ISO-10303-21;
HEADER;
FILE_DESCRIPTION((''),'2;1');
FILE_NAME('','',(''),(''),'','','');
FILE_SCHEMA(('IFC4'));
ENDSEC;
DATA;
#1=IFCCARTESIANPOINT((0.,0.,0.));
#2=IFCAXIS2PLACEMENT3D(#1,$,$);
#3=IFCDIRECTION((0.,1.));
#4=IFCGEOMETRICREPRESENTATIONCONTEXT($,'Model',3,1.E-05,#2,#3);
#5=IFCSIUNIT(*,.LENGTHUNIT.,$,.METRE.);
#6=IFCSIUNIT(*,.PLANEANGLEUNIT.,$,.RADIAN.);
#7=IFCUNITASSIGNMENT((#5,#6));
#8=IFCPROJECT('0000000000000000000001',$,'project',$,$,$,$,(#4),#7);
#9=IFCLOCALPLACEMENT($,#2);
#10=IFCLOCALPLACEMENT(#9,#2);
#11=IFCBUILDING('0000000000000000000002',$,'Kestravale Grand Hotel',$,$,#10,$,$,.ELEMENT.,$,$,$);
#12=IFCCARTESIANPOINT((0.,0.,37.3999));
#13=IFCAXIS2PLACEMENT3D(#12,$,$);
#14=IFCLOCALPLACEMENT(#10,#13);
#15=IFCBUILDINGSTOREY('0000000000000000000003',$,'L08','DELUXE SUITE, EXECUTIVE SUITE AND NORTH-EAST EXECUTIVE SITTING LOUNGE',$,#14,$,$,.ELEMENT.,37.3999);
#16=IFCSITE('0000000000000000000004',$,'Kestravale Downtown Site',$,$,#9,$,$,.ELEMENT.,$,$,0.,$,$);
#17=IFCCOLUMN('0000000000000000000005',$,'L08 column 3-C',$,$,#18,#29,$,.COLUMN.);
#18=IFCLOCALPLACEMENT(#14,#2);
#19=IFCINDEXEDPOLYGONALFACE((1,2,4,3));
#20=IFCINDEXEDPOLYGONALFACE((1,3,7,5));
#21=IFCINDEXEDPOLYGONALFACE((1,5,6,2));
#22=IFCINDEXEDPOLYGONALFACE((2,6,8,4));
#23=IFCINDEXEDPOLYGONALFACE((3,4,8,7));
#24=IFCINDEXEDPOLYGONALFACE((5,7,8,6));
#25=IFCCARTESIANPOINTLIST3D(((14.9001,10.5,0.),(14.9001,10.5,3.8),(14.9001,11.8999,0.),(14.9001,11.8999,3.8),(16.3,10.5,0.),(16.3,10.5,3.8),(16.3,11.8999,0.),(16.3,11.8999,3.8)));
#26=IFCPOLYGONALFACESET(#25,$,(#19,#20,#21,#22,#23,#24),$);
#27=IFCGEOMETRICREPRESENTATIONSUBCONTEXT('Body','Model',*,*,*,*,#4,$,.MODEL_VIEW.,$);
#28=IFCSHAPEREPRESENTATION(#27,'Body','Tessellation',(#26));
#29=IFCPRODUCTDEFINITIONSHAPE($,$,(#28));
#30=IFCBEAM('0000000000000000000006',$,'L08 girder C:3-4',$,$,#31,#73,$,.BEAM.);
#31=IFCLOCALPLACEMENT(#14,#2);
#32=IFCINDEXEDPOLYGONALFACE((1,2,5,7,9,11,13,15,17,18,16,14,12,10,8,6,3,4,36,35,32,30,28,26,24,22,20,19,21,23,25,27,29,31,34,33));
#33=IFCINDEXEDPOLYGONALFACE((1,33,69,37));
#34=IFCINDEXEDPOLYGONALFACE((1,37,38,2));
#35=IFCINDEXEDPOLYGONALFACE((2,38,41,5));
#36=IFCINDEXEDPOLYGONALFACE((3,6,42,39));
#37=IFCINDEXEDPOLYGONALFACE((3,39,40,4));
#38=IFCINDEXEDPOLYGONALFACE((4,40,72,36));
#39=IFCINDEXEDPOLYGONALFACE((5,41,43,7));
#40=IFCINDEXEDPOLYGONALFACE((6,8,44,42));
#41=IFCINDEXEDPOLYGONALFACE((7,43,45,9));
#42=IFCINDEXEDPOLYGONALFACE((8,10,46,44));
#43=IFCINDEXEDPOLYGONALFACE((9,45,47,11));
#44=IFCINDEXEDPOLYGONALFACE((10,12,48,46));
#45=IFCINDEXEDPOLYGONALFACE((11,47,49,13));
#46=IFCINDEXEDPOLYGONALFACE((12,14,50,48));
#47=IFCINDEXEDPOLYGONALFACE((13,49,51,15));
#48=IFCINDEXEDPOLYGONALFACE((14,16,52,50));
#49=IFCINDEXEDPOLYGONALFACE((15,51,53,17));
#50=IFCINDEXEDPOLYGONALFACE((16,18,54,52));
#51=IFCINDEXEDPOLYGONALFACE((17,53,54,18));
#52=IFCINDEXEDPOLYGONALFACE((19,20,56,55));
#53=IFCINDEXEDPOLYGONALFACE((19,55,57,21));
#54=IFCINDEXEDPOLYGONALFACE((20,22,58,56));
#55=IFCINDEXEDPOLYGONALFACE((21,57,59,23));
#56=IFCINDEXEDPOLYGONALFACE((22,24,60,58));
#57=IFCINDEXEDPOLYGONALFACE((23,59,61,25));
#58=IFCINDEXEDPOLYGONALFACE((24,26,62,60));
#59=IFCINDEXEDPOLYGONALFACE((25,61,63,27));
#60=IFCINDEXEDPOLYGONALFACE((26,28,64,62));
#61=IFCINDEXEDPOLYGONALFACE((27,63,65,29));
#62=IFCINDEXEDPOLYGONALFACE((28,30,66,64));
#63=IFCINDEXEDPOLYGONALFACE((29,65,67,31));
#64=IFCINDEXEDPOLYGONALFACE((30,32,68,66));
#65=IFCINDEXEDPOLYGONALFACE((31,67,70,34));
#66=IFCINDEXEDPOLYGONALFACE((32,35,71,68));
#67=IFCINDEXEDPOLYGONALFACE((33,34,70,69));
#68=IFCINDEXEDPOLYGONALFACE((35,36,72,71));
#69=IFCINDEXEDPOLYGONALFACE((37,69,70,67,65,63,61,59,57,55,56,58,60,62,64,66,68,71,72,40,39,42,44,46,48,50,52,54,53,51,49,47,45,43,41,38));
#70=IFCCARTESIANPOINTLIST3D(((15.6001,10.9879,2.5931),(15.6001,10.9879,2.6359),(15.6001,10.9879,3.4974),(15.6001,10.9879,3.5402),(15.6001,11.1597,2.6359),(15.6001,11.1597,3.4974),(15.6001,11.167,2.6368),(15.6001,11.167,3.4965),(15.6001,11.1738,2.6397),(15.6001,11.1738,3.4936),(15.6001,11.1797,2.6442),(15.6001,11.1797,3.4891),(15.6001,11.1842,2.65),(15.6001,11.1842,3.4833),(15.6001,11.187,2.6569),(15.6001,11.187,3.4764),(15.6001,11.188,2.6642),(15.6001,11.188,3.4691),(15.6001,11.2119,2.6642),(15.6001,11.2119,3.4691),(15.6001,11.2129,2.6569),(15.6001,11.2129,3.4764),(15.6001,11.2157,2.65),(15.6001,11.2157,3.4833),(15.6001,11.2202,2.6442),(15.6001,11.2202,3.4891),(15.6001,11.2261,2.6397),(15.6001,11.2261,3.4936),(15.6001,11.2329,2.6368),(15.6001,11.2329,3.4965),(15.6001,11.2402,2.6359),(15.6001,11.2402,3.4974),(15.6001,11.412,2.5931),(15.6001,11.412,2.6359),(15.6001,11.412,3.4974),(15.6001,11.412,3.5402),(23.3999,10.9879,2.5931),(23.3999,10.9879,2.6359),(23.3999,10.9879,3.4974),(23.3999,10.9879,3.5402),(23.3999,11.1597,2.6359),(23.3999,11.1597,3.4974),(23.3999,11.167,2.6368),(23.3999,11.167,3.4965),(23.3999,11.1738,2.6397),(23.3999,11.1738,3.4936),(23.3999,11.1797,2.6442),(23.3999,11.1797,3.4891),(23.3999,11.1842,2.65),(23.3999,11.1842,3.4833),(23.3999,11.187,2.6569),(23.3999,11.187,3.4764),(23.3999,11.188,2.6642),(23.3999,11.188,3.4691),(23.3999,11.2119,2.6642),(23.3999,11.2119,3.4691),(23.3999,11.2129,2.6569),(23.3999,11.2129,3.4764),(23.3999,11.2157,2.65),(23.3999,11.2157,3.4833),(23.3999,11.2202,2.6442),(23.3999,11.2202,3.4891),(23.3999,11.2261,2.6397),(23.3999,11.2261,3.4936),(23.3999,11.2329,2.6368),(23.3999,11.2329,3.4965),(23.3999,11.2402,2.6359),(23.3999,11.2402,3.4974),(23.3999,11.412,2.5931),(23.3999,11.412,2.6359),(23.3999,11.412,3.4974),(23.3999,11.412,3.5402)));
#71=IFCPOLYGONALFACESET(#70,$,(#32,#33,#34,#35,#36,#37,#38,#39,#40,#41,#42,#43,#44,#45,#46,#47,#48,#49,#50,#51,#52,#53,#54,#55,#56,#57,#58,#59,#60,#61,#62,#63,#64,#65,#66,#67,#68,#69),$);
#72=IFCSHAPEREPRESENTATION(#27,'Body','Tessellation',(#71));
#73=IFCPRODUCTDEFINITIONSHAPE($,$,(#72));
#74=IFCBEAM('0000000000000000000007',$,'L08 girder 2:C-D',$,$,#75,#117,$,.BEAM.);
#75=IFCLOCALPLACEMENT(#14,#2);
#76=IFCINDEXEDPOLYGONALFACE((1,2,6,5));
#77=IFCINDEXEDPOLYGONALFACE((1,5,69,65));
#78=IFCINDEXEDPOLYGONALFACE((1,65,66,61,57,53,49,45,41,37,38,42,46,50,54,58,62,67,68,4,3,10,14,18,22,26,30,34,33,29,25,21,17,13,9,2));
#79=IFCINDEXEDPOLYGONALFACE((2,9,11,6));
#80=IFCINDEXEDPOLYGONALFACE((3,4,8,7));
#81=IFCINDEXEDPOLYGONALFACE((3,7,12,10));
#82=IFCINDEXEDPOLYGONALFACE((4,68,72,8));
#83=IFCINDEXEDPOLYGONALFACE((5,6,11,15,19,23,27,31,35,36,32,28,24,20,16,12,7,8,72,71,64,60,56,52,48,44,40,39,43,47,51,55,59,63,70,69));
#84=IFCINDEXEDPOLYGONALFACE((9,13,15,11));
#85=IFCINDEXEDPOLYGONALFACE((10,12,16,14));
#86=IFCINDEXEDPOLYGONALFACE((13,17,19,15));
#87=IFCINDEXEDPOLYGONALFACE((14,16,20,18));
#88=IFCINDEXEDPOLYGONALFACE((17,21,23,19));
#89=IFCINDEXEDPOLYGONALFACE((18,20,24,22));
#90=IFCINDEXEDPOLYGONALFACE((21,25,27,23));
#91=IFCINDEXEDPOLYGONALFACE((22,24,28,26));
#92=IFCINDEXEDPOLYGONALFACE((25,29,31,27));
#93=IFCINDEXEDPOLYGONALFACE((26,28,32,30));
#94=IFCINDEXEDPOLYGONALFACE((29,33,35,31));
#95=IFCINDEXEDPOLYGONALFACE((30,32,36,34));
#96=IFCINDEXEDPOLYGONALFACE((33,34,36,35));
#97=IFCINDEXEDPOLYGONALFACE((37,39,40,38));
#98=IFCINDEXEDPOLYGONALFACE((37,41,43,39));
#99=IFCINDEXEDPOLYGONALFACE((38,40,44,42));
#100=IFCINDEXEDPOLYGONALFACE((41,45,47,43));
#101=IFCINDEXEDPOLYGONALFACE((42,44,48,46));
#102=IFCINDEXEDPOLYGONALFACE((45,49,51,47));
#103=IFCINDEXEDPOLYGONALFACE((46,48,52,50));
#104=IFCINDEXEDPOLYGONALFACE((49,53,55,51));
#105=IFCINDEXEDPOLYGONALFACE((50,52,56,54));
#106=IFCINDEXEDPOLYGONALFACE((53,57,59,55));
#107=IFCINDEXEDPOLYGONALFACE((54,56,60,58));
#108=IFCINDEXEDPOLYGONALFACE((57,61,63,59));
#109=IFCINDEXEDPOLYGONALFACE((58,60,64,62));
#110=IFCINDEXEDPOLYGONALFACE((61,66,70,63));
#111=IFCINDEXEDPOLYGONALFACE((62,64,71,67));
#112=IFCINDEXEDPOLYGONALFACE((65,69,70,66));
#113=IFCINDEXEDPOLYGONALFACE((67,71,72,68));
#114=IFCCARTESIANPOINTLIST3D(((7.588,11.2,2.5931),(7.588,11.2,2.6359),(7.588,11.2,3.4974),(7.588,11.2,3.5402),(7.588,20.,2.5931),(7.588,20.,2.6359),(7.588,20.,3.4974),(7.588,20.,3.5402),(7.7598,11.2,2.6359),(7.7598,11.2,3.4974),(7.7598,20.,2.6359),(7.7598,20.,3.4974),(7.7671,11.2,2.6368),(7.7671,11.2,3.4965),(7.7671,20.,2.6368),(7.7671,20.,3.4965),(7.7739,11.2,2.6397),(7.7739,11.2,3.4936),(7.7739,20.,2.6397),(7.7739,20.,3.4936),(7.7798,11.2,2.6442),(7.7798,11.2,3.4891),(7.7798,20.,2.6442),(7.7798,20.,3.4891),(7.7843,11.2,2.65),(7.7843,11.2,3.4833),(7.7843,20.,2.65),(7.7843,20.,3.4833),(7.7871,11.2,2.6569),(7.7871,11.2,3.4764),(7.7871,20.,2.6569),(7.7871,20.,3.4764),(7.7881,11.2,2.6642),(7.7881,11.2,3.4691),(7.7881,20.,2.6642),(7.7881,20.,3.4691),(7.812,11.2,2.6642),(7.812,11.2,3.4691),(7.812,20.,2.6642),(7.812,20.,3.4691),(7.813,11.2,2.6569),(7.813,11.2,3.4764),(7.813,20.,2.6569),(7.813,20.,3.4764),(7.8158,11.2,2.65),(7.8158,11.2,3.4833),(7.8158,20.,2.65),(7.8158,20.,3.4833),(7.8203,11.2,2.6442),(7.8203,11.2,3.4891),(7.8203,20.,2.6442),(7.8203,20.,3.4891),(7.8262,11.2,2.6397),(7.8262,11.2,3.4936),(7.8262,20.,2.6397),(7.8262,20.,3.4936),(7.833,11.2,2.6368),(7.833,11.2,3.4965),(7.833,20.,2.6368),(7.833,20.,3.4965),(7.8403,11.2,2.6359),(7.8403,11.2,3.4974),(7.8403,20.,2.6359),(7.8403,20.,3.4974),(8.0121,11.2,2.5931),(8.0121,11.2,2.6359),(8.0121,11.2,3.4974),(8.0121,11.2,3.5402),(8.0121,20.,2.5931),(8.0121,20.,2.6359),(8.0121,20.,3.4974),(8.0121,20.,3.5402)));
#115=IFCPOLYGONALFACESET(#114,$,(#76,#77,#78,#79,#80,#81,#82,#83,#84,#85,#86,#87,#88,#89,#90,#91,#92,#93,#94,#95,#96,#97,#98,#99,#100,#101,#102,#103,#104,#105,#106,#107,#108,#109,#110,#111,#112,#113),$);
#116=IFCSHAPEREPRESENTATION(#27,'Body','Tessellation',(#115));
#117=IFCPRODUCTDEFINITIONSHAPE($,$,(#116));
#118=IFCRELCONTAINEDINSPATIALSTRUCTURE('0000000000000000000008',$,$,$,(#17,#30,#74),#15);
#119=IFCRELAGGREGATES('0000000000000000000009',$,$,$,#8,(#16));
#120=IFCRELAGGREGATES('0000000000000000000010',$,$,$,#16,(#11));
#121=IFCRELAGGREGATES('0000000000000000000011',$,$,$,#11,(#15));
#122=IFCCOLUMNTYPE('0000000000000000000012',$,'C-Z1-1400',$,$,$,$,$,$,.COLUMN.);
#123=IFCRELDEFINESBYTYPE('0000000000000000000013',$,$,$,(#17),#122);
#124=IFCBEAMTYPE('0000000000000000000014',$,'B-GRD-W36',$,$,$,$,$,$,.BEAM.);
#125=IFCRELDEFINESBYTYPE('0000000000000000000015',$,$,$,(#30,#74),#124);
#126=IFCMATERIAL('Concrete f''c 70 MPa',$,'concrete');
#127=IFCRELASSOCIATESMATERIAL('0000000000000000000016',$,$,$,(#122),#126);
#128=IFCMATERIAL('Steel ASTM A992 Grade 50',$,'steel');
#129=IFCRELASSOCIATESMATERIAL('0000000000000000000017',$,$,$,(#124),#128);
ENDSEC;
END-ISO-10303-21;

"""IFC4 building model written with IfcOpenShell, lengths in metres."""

from ifc_helpers import new_model, si_unit, direction, frame, origin, origin_2d, place, context, subcontext, project, spatial, rectangle, i_section, extrude, material, material_profile, profile_set, type_object, element, save


model = new_model("IFC4")

# Units and contexts
model_context = context("Model", 3, precision=1e-05, world=origin(), true_north=direction((0.0, 1.0)))
body_context = subcontext(model_context, "Body", "Model", "MODEL_VIEW")
ifc_project = project(units=[si_unit("LENGTHUNIT", "METRE"), si_unit("PLANEANGLEUNIT", "RADIAN")], contexts=[model_context])

# Site, building, storey
site_placement = place(None, origin())
site = spatial("IfcSite", under=ifc_project, at=site_placement, Name="Kestravale Downtown Site", CompositionType="ELEMENT", RefElevation=0.0)
building_placement = place(site_placement, origin())
building = spatial("IfcBuilding", under=site, at=building_placement, Name="Kestravale Grand Hotel", CompositionType="ELEMENT")
storey_placement = place(building_placement, frame((0.0, 0.0, 37.3999)))
storey = spatial("IfcBuildingStorey", under=building, at=storey_placement, Name="L08", Description="DELUXE SUITE, EXECUTIVE SUITE AND NORTH-EAST EXECUTIVE SITTING LOUNGE", CompositionType="ELEMENT", Elevation=37.3999)

# Column
ifc_material_1 = material(Name="Concrete f'c 70 MPa", Category="concrete")
ifc_material_profile_1 = material_profile(ifc_material_1, rectangle(XDim=1.3999, YDim=1.3999, at=origin_2d()))
ifc_profile_set_1 = profile_set([ifc_material_profile_1], Name="Concrete f'c 70 MPa")
column_type = type_object("IfcColumnType", Name="C-Z1-1400", PredefinedType="COLUMN", material=ifc_profile_set_1)
column_placement = place(storey_placement, frame((15.6001, 11.2, 0.0), z_axis=(0.0, 0.0, 1.0), x_axis=(1.0, 0.0, 0.0)))
element("IfcColumn", 1, at=column_placement, inside=storey, type_object=column_type, Name="L08 column 3-C", PredefinedType="COLUMN", context=body_context, shape_type="SweptSolid", body=[
    extrude(rectangle(XDim=1.3999, YDim=1.3999, at=origin_2d()), origin(), (0.0, 0.0, 1.0), 3.8),
])

# Beams
ifc_material_2 = material(Name="Steel ASTM A992 Grade 50", Category="steel")
ifc_material_profile_2 = material_profile(ifc_material_2, i_section(OverallWidth=0.4241, OverallDepth=0.947, WebThickness=0.0239, FlangeThickness=0.0427, FilletRadius=0.0283, at=origin_2d()))
ifc_profile_set_2 = profile_set([ifc_material_profile_2], Name="Steel ASTM A992 Grade 50")
beam_type = type_object("IfcBeamType", Name="B-GRD-W36", PredefinedType="BEAM", material=ifc_profile_set_2)
beam_1_placement = place(storey_placement, frame((15.6001, 11.2, 3.0667), z_axis=(1.0, 0.0, 0.0), x_axis=(0.0, 1.0, 0.0)))
element("IfcBeam", 2, at=beam_1_placement, inside=storey, type_object=beam_type, Name="L08 girder C:3-4", PredefinedType="BEAM", context=body_context, shape_type="SweptSolid", body=[
    extrude(i_section(OverallWidth=0.4241, OverallDepth=0.947, WebThickness=0.0239, FlangeThickness=0.0427, FilletRadius=0.0283, at=origin_2d()), origin(), (0.0, 0.0, 1.0), 7.7998),
])
beam_2_placement = place(storey_placement, frame((7.8, 11.2, 3.0667), z_axis=(0.0, 1.0, 0.0), x_axis=(-1.0, 0.0, 0.0)))
element("IfcBeam", 3, at=beam_2_placement, inside=storey, type_object=beam_type, Name="L08 girder 2:C-D", PredefinedType="BEAM", context=body_context, shape_type="SweptSolid", body=[
    extrude(i_section(OverallWidth=0.4241, OverallDepth=0.947, WebThickness=0.0239, FlangeThickness=0.0427, FilletRadius=0.0283, at=origin_2d()), origin(), (0.0, 0.0, 1.0), 8.8),
])

save(model, "model.ifc")
